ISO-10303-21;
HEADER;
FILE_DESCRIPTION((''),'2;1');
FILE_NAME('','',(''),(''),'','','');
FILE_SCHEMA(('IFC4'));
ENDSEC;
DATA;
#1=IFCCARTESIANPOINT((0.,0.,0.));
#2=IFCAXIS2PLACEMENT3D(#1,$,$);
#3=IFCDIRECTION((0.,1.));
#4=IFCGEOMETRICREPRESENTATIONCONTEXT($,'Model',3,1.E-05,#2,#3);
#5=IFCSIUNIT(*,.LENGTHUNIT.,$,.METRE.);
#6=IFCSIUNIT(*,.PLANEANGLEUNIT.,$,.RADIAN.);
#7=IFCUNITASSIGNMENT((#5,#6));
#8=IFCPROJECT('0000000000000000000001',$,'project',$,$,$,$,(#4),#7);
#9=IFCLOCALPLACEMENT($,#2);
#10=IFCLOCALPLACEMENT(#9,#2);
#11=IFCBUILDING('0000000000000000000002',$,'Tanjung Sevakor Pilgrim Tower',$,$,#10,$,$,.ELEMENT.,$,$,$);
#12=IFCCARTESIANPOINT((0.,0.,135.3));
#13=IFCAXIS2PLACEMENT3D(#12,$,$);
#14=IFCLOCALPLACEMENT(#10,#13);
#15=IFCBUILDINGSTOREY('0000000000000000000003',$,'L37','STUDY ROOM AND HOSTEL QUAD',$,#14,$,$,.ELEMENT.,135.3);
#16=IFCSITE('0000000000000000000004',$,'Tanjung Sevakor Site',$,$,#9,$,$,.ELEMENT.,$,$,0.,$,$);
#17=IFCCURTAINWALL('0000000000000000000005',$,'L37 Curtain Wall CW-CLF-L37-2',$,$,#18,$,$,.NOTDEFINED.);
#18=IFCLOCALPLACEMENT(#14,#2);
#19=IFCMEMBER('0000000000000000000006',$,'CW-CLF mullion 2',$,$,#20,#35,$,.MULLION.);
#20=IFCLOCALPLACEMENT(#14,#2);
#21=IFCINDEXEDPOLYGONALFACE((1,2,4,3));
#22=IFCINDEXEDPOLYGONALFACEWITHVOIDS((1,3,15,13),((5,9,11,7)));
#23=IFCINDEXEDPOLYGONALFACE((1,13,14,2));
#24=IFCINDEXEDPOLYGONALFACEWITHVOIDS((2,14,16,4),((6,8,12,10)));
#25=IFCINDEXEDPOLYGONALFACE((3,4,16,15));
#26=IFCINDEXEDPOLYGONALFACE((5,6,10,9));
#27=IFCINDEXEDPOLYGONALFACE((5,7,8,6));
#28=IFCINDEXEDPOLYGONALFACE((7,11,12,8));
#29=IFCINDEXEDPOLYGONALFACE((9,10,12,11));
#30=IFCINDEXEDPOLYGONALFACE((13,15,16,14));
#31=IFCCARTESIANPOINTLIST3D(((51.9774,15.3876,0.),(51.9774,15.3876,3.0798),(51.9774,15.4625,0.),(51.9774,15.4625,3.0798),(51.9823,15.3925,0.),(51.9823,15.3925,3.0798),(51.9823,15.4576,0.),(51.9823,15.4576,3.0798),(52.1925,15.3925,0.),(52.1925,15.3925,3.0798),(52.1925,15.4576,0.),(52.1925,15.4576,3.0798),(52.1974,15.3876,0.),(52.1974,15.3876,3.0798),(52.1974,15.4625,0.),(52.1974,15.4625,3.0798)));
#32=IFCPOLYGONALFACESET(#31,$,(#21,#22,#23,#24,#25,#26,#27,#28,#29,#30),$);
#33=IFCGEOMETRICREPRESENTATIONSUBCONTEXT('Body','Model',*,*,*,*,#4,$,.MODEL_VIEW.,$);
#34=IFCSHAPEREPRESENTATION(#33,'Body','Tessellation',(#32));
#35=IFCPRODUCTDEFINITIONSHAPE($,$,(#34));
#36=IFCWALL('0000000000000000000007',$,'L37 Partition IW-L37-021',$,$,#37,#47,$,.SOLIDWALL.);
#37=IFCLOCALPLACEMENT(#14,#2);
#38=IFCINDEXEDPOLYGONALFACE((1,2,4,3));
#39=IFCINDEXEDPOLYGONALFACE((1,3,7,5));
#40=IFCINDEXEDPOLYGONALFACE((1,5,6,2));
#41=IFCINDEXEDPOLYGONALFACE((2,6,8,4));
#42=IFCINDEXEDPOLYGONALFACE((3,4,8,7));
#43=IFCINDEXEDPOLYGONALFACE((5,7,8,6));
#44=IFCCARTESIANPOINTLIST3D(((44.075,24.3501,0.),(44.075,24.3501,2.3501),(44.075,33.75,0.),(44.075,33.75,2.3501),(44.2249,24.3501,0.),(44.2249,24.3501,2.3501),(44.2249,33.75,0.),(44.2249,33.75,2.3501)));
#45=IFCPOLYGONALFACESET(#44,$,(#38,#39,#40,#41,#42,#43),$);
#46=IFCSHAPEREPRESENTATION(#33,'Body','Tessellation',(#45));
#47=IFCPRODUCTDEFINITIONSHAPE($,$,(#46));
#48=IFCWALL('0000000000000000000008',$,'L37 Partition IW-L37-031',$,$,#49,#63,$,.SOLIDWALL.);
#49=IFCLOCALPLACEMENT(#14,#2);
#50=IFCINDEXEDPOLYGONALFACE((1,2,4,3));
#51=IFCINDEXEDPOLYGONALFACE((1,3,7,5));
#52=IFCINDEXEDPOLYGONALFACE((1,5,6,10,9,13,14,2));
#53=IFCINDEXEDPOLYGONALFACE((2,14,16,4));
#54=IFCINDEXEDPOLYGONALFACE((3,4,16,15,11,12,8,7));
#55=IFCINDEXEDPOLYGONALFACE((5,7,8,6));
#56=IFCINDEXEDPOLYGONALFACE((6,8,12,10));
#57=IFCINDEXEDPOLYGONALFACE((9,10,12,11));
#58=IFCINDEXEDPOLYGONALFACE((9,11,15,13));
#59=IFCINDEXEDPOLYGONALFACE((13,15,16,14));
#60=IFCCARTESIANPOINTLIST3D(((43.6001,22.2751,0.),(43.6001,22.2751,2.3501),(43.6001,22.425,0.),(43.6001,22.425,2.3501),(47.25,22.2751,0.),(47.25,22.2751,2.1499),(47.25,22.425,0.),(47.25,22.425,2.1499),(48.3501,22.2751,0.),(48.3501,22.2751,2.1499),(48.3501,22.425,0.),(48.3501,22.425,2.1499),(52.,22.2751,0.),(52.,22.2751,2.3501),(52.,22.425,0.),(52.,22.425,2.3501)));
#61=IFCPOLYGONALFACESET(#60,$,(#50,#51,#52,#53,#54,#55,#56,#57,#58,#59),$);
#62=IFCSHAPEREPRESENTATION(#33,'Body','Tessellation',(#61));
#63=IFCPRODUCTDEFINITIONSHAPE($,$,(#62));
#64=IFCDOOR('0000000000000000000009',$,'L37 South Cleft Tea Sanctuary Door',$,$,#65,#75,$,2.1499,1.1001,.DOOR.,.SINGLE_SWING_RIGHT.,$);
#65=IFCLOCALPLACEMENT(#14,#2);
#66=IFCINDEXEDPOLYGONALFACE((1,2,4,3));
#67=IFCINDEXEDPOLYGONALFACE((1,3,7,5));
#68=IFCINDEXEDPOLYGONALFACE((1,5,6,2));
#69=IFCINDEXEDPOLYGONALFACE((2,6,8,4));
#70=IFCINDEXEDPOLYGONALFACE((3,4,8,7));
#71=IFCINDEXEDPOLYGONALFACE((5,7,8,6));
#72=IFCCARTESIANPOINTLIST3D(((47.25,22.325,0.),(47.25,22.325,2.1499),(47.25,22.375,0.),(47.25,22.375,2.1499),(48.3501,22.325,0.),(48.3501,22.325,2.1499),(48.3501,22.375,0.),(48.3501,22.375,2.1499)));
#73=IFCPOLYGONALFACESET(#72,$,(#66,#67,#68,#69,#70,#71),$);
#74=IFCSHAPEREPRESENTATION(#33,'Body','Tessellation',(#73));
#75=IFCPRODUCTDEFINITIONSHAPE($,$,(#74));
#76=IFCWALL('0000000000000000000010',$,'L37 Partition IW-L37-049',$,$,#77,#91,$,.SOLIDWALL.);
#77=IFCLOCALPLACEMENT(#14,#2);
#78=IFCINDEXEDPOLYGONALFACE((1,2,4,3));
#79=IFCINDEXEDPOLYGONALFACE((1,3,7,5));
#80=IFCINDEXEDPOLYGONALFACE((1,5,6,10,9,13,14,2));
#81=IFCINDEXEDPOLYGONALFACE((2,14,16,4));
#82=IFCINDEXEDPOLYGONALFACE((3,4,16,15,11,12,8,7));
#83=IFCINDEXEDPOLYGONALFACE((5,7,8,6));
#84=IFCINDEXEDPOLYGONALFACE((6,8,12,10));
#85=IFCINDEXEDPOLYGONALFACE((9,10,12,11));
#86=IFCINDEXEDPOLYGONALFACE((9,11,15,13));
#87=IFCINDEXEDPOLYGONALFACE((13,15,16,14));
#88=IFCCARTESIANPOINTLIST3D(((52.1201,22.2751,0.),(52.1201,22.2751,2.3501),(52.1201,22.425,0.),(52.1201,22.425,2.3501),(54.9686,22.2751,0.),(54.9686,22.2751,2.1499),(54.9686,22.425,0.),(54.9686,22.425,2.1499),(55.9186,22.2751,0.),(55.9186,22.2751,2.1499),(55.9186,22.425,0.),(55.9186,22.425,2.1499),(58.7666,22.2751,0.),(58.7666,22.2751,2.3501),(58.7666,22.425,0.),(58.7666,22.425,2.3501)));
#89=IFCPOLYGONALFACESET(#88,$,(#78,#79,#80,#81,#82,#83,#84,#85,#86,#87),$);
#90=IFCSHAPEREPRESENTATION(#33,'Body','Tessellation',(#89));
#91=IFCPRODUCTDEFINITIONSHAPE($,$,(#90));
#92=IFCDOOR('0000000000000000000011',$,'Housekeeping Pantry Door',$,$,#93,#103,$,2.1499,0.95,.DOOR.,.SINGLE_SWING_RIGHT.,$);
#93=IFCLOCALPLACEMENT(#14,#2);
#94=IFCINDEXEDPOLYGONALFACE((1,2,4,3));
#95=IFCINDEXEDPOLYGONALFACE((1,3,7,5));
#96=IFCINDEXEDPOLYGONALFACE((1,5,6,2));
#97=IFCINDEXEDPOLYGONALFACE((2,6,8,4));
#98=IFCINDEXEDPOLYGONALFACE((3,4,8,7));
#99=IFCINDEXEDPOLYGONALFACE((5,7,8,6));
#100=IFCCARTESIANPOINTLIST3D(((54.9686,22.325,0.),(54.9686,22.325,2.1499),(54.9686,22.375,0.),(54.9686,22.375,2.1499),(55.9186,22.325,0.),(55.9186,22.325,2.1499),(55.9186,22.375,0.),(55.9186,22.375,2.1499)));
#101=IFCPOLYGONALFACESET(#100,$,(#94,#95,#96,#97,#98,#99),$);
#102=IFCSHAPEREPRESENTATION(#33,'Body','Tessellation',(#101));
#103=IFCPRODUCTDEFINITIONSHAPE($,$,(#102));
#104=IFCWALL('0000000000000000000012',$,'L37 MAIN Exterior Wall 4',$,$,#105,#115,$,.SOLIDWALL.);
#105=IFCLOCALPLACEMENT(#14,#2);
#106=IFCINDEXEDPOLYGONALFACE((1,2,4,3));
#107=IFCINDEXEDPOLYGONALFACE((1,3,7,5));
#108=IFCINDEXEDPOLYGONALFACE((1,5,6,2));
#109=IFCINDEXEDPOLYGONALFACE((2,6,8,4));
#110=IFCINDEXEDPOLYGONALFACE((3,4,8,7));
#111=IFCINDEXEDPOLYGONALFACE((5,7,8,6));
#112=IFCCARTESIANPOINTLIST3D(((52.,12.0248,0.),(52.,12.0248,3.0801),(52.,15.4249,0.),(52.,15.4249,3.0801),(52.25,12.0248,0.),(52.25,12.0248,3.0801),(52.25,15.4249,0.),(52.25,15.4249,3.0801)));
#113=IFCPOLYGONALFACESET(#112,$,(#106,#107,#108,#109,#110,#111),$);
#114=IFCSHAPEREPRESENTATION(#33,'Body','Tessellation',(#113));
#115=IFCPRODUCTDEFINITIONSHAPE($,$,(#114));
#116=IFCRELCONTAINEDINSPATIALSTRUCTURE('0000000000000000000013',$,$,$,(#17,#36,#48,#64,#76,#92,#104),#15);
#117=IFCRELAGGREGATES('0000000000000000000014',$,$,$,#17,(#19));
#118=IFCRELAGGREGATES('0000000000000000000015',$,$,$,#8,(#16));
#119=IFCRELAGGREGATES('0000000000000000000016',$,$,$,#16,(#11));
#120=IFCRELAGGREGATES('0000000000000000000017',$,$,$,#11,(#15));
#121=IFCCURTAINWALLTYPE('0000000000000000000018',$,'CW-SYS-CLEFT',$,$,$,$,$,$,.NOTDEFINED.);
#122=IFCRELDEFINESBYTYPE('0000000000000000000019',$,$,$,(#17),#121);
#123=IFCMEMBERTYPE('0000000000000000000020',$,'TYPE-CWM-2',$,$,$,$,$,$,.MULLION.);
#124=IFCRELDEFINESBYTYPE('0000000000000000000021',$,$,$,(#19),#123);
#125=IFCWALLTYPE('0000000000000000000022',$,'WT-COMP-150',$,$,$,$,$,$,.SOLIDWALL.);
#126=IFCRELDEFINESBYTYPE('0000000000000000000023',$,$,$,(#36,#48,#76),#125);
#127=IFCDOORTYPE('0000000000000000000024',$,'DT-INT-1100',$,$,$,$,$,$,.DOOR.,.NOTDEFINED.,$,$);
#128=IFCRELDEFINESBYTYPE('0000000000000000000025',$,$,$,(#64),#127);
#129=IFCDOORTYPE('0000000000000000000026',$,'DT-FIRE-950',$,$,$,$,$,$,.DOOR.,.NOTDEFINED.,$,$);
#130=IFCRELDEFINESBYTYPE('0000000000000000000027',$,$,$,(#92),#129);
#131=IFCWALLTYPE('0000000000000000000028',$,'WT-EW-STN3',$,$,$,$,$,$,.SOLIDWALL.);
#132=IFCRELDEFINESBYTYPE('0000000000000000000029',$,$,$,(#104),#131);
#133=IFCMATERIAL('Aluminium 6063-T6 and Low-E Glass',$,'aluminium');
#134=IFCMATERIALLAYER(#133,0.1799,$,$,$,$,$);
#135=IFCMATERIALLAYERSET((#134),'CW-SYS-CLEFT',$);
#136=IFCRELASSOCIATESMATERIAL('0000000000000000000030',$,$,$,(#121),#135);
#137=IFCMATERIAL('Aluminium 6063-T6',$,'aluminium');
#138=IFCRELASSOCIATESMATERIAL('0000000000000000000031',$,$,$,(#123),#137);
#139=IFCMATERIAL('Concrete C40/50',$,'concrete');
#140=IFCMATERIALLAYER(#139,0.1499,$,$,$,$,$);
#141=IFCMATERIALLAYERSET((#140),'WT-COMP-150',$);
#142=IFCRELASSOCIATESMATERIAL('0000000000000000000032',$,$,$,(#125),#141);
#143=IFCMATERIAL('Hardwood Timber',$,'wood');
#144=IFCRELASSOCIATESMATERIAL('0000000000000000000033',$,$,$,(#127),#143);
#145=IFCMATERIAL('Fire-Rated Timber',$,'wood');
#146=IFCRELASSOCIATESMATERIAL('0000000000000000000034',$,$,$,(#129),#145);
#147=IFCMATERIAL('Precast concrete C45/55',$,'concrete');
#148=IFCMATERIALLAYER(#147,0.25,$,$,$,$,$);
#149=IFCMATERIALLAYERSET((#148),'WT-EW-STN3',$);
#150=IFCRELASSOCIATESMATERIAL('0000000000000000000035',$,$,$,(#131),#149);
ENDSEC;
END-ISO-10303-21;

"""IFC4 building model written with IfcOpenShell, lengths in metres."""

from ifc_helpers import new_model, si_unit, direction, frame, frame_2d, origin, origin_2d, place, context, subcontext, project, spatial, rectangle, hollow_rectangle, extrude, material, layer, layer_set, material_profile, profile_set, type_object, element, fill, aggregate, save


model = new_model("IFC4")

# Units and contexts
model_context = context("Model", 3, precision=1e-05, world=origin(), true_north=direction((0.0, 1.0)))
body_context = subcontext(model_context, "Body", "Model", "MODEL_VIEW")
ifc_project = project(units=[si_unit("LENGTHUNIT", "METRE"), si_unit("PLANEANGLEUNIT", "RADIAN")], contexts=[model_context])

# Site, building, storey
site_placement = place(None, origin())
site = spatial("IfcSite", under=ifc_project, at=site_placement, Name="Tanjung Sevakor Site", CompositionType="ELEMENT", RefElevation=0.0)
building_placement = place(site_placement, origin())
building = spatial("IfcBuilding", under=site, at=building_placement, Name="Tanjung Sevakor Pilgrim Tower", CompositionType="ELEMENT")
storey_placement = place(building_placement, frame((0.0, 0.0, 135.3)))
storey = spatial("IfcBuildingStorey", under=building, at=storey_placement, Name="L37", Description="STUDY ROOM AND HOSTEL QUAD", CompositionType="ELEMENT", Elevation=135.3)

# Curtain wall, member
ifc_material_1 = material(Name="Aluminium 6063-T6 and Low-E Glass", Category="aluminium")
ifc_layer_1 = layer(ifc_material_1, 0.1799)
ifc_layer_set_1 = layer_set([ifc_layer_1], Name="CW-SYS-CLEFT")
curtain_wall_type = type_object("IfcCurtainWallType", Name="CW-SYS-CLEFT", PredefinedType="NOTDEFINED", material=ifc_layer_set_1)
curtain_wall_placement = place(storey_placement, origin())
curtain_wall = element("IfcCurtainWall", 1, at=curtain_wall_placement, inside=storey, type_object=curtain_wall_type, Name="L37 Curtain Wall CW-CLF-L37-2", PredefinedType="NOTDEFINED")
ifc_material_2 = material(Name="Aluminium 6063-T6", Category="aluminium")
ifc_material_profile_1 = material_profile(ifc_material_2, hollow_rectangle(XDim=0.075, YDim=0.22, WallThickness=0.0049, at=origin_2d()))
ifc_profile_set_1 = profile_set([ifc_material_profile_1], Name="Aluminium 6063-T6")
member_type = type_object("IfcMemberType", Name="TYPE-CWM-2", PredefinedType="MULLION", material=ifc_profile_set_1)
member_placement = place(storey_placement, frame((52.0874, 15.425, 0.0), z_axis=(0.0, 0.0, 1.0), x_axis=(0.0, 1.0, 0.0)))
member = element("IfcMember", 2, at=member_placement, type_object=member_type, Name="CW-CLF mullion 2", PredefinedType="MULLION", context=body_context, shape_type="SweptSolid", body=[
    extrude(hollow_rectangle(XDim=0.075, YDim=0.22, WallThickness=0.0049, at=origin_2d()), origin(), (0.0, 0.0, 1.0), 3.0798),
])
aggregate(curtain_wall, [member])

# Wall
ifc_material_3 = material(Name="Concrete C40/50", Category="concrete")
ifc_layer_2 = layer(ifc_material_3, 0.1499)
ifc_layer_set_2 = layer_set([ifc_layer_2], Name="WT-COMP-150")
wall_type_1 = type_object("IfcWallType", Name="WT-COMP-150", PredefinedType="SOLIDWALL", material=ifc_layer_set_2)
wall_1_placement = place(storey_placement, frame((44.1499, 24.3501, 0.0), z_axis=(0.0, 0.0, 1.0), x_axis=(0.0, 1.0, 0.0)))
element("IfcWall", 3, at=wall_1_placement, inside=storey, type_object=wall_type_1, Name="L37 Partition IW-L37-021", PredefinedType="SOLIDWALL", context=body_context, shape_type="SweptSolid", body=[
    extrude(rectangle(XDim=9.3999, YDim=0.1499, at=frame_2d((4.7, 0.0))), origin(), (0.0, 0.0, 1.0), 2.3501),
])

# Walls, openings, doors
wall_2_placement = place(storey_placement, frame((43.6001, 22.3501, 0.0), z_axis=(0.0, 0.0, 1.0), x_axis=(1.0, 0.0, 0.0)))
wall_2 = element("IfcWall", 4, at=wall_2_placement, inside=storey, type_object=wall_type_1, Name="L37 Partition IW-L37-031", PredefinedType="SOLIDWALL", context=body_context, shape_type="SweptSolid", body=[
    extrude(rectangle(XDim=8.3999, YDim=0.1499, at=frame_2d((4.2, 0.0))), origin(), (0.0, 0.0, 1.0), 2.3501),
])
opening_1_placement = place(wall_2_placement, frame((3.6499, 0.0, 0.0)))
opening_1 = element("IfcOpeningElement", 5, at=opening_1_placement, cuts=wall_2, PredefinedType="OPENING", context=body_context, shape_type="SweptSolid", body=[
    extrude(rectangle(XDim=1.1001, YDim=2.1499, at=frame_2d((0.55, 1.075))), frame((0.0, 0.085, 0.0), z_axis=(0.0, -1.0, 0.0), x_axis=(1.0, 0.0, 0.0)), (0.0, 0.0, 1.0), 0.1699),
])
ifc_material_4 = material(Name="Hardwood Timber", Category="wood")
door_type_1 = type_object("IfcDoorType", Name="DT-INT-1100", OperationType="NOTDEFINED", PredefinedType="DOOR", material=ifc_material_4)
door_1_placement = place(opening_1_placement, origin())
door_1 = element("IfcDoor", 6, at=door_1_placement, inside=storey, type_object=door_type_1, Name="L37 South Cleft Tea Sanctuary Door", OperationType="SINGLE_SWING_RIGHT", OverallHeight=2.1499, OverallWidth=1.1001, PredefinedType="DOOR", context=body_context, shape_type="SweptSolid", body=[
    extrude(rectangle(XDim=1.1001, YDim=2.1499, at=frame_2d((0.55, 1.075))), frame((0.0, 0.0249, 0.0), z_axis=(0.0, -1.0, 0.0), x_axis=(1.0, 0.0, 0.0)), (0.0, 0.0, 1.0), 0.05),
])
fill(opening_1, door_1)
wall_3_placement = place(storey_placement, frame((52.1201, 22.3501, 0.0), z_axis=(0.0, 0.0, 1.0), x_axis=(1.0, 0.0, 0.0)))
wall_3 = element("IfcWall", 7, at=wall_3_placement, inside=storey, type_object=wall_type_1, Name="L37 Partition IW-L37-049", PredefinedType="SOLIDWALL", context=body_context, shape_type="SweptSolid", body=[
    extrude(rectangle(XDim=6.6465, YDim=0.1499, at=frame_2d((3.3232, 0.0))), origin(), (0.0, 0.0, 1.0), 2.3501),
])
opening_2_placement = place(wall_3_placement, frame((2.8484, 0.0, 0.0)))
opening_2 = element("IfcOpeningElement", 8, at=opening_2_placement, cuts=wall_3, PredefinedType="OPENING", context=body_context, shape_type="SweptSolid", body=[
    extrude(rectangle(XDim=0.95, YDim=2.1499, at=frame_2d((0.4751, 1.075))), frame((0.0, 0.085, 0.0), z_axis=(0.0, -1.0, 0.0), x_axis=(1.0, 0.0, 0.0)), (0.0, 0.0, 1.0), 0.1699),
])
ifc_material_5 = material(Name="Fire-Rated Timber", Category="wood")
door_type_2 = type_object("IfcDoorType", Name="DT-FIRE-950", OperationType="NOTDEFINED", PredefinedType="DOOR", material=ifc_material_5)
door_2_placement = place(opening_2_placement, origin())
door_2 = element("IfcDoor", 9, at=door_2_placement, inside=storey, type_object=door_type_2, Name="Housekeeping Pantry Door", OperationType="SINGLE_SWING_RIGHT", OverallHeight=2.1499, OverallWidth=0.95, PredefinedType="DOOR", context=body_context, shape_type="SweptSolid", body=[
    extrude(rectangle(XDim=0.95, YDim=2.1499, at=frame_2d((0.4751, 1.075))), frame((0.0, 0.0249, 0.0), z_axis=(0.0, -1.0, 0.0), x_axis=(1.0, 0.0, 0.0)), (0.0, 0.0, 1.0), 0.05),
])
fill(opening_2, door_2)

# Wall
ifc_material_6 = material(Name="Precast concrete C45/55", Category="concrete")
ifc_layer_3 = layer(ifc_material_6, 0.25)
ifc_layer_set_3 = layer_set([ifc_layer_3], Name="WT-EW-STN3")
wall_type_2 = type_object("IfcWallType", Name="WT-EW-STN3", PredefinedType="SOLIDWALL", material=ifc_layer_set_3)
wall_4_placement = place(storey_placement, frame((52.125, 15.425, 0.0), z_axis=(0.0, 0.0, 1.0), x_axis=(0.0, -1.0, 0.0)))
element("IfcWall", 10, at=wall_4_placement, inside=storey, type_object=wall_type_2, Name="L37 MAIN Exterior Wall 4", PredefinedType="SOLIDWALL", context=body_context, shape_type="SweptSolid", body=[
    extrude(rectangle(XDim=3.4001, YDim=0.25, at=frame_2d((1.7002, 0.0))), origin(), (0.0, 0.0, 1.0), 3.0801),
])

save(model, "model.ifc")
